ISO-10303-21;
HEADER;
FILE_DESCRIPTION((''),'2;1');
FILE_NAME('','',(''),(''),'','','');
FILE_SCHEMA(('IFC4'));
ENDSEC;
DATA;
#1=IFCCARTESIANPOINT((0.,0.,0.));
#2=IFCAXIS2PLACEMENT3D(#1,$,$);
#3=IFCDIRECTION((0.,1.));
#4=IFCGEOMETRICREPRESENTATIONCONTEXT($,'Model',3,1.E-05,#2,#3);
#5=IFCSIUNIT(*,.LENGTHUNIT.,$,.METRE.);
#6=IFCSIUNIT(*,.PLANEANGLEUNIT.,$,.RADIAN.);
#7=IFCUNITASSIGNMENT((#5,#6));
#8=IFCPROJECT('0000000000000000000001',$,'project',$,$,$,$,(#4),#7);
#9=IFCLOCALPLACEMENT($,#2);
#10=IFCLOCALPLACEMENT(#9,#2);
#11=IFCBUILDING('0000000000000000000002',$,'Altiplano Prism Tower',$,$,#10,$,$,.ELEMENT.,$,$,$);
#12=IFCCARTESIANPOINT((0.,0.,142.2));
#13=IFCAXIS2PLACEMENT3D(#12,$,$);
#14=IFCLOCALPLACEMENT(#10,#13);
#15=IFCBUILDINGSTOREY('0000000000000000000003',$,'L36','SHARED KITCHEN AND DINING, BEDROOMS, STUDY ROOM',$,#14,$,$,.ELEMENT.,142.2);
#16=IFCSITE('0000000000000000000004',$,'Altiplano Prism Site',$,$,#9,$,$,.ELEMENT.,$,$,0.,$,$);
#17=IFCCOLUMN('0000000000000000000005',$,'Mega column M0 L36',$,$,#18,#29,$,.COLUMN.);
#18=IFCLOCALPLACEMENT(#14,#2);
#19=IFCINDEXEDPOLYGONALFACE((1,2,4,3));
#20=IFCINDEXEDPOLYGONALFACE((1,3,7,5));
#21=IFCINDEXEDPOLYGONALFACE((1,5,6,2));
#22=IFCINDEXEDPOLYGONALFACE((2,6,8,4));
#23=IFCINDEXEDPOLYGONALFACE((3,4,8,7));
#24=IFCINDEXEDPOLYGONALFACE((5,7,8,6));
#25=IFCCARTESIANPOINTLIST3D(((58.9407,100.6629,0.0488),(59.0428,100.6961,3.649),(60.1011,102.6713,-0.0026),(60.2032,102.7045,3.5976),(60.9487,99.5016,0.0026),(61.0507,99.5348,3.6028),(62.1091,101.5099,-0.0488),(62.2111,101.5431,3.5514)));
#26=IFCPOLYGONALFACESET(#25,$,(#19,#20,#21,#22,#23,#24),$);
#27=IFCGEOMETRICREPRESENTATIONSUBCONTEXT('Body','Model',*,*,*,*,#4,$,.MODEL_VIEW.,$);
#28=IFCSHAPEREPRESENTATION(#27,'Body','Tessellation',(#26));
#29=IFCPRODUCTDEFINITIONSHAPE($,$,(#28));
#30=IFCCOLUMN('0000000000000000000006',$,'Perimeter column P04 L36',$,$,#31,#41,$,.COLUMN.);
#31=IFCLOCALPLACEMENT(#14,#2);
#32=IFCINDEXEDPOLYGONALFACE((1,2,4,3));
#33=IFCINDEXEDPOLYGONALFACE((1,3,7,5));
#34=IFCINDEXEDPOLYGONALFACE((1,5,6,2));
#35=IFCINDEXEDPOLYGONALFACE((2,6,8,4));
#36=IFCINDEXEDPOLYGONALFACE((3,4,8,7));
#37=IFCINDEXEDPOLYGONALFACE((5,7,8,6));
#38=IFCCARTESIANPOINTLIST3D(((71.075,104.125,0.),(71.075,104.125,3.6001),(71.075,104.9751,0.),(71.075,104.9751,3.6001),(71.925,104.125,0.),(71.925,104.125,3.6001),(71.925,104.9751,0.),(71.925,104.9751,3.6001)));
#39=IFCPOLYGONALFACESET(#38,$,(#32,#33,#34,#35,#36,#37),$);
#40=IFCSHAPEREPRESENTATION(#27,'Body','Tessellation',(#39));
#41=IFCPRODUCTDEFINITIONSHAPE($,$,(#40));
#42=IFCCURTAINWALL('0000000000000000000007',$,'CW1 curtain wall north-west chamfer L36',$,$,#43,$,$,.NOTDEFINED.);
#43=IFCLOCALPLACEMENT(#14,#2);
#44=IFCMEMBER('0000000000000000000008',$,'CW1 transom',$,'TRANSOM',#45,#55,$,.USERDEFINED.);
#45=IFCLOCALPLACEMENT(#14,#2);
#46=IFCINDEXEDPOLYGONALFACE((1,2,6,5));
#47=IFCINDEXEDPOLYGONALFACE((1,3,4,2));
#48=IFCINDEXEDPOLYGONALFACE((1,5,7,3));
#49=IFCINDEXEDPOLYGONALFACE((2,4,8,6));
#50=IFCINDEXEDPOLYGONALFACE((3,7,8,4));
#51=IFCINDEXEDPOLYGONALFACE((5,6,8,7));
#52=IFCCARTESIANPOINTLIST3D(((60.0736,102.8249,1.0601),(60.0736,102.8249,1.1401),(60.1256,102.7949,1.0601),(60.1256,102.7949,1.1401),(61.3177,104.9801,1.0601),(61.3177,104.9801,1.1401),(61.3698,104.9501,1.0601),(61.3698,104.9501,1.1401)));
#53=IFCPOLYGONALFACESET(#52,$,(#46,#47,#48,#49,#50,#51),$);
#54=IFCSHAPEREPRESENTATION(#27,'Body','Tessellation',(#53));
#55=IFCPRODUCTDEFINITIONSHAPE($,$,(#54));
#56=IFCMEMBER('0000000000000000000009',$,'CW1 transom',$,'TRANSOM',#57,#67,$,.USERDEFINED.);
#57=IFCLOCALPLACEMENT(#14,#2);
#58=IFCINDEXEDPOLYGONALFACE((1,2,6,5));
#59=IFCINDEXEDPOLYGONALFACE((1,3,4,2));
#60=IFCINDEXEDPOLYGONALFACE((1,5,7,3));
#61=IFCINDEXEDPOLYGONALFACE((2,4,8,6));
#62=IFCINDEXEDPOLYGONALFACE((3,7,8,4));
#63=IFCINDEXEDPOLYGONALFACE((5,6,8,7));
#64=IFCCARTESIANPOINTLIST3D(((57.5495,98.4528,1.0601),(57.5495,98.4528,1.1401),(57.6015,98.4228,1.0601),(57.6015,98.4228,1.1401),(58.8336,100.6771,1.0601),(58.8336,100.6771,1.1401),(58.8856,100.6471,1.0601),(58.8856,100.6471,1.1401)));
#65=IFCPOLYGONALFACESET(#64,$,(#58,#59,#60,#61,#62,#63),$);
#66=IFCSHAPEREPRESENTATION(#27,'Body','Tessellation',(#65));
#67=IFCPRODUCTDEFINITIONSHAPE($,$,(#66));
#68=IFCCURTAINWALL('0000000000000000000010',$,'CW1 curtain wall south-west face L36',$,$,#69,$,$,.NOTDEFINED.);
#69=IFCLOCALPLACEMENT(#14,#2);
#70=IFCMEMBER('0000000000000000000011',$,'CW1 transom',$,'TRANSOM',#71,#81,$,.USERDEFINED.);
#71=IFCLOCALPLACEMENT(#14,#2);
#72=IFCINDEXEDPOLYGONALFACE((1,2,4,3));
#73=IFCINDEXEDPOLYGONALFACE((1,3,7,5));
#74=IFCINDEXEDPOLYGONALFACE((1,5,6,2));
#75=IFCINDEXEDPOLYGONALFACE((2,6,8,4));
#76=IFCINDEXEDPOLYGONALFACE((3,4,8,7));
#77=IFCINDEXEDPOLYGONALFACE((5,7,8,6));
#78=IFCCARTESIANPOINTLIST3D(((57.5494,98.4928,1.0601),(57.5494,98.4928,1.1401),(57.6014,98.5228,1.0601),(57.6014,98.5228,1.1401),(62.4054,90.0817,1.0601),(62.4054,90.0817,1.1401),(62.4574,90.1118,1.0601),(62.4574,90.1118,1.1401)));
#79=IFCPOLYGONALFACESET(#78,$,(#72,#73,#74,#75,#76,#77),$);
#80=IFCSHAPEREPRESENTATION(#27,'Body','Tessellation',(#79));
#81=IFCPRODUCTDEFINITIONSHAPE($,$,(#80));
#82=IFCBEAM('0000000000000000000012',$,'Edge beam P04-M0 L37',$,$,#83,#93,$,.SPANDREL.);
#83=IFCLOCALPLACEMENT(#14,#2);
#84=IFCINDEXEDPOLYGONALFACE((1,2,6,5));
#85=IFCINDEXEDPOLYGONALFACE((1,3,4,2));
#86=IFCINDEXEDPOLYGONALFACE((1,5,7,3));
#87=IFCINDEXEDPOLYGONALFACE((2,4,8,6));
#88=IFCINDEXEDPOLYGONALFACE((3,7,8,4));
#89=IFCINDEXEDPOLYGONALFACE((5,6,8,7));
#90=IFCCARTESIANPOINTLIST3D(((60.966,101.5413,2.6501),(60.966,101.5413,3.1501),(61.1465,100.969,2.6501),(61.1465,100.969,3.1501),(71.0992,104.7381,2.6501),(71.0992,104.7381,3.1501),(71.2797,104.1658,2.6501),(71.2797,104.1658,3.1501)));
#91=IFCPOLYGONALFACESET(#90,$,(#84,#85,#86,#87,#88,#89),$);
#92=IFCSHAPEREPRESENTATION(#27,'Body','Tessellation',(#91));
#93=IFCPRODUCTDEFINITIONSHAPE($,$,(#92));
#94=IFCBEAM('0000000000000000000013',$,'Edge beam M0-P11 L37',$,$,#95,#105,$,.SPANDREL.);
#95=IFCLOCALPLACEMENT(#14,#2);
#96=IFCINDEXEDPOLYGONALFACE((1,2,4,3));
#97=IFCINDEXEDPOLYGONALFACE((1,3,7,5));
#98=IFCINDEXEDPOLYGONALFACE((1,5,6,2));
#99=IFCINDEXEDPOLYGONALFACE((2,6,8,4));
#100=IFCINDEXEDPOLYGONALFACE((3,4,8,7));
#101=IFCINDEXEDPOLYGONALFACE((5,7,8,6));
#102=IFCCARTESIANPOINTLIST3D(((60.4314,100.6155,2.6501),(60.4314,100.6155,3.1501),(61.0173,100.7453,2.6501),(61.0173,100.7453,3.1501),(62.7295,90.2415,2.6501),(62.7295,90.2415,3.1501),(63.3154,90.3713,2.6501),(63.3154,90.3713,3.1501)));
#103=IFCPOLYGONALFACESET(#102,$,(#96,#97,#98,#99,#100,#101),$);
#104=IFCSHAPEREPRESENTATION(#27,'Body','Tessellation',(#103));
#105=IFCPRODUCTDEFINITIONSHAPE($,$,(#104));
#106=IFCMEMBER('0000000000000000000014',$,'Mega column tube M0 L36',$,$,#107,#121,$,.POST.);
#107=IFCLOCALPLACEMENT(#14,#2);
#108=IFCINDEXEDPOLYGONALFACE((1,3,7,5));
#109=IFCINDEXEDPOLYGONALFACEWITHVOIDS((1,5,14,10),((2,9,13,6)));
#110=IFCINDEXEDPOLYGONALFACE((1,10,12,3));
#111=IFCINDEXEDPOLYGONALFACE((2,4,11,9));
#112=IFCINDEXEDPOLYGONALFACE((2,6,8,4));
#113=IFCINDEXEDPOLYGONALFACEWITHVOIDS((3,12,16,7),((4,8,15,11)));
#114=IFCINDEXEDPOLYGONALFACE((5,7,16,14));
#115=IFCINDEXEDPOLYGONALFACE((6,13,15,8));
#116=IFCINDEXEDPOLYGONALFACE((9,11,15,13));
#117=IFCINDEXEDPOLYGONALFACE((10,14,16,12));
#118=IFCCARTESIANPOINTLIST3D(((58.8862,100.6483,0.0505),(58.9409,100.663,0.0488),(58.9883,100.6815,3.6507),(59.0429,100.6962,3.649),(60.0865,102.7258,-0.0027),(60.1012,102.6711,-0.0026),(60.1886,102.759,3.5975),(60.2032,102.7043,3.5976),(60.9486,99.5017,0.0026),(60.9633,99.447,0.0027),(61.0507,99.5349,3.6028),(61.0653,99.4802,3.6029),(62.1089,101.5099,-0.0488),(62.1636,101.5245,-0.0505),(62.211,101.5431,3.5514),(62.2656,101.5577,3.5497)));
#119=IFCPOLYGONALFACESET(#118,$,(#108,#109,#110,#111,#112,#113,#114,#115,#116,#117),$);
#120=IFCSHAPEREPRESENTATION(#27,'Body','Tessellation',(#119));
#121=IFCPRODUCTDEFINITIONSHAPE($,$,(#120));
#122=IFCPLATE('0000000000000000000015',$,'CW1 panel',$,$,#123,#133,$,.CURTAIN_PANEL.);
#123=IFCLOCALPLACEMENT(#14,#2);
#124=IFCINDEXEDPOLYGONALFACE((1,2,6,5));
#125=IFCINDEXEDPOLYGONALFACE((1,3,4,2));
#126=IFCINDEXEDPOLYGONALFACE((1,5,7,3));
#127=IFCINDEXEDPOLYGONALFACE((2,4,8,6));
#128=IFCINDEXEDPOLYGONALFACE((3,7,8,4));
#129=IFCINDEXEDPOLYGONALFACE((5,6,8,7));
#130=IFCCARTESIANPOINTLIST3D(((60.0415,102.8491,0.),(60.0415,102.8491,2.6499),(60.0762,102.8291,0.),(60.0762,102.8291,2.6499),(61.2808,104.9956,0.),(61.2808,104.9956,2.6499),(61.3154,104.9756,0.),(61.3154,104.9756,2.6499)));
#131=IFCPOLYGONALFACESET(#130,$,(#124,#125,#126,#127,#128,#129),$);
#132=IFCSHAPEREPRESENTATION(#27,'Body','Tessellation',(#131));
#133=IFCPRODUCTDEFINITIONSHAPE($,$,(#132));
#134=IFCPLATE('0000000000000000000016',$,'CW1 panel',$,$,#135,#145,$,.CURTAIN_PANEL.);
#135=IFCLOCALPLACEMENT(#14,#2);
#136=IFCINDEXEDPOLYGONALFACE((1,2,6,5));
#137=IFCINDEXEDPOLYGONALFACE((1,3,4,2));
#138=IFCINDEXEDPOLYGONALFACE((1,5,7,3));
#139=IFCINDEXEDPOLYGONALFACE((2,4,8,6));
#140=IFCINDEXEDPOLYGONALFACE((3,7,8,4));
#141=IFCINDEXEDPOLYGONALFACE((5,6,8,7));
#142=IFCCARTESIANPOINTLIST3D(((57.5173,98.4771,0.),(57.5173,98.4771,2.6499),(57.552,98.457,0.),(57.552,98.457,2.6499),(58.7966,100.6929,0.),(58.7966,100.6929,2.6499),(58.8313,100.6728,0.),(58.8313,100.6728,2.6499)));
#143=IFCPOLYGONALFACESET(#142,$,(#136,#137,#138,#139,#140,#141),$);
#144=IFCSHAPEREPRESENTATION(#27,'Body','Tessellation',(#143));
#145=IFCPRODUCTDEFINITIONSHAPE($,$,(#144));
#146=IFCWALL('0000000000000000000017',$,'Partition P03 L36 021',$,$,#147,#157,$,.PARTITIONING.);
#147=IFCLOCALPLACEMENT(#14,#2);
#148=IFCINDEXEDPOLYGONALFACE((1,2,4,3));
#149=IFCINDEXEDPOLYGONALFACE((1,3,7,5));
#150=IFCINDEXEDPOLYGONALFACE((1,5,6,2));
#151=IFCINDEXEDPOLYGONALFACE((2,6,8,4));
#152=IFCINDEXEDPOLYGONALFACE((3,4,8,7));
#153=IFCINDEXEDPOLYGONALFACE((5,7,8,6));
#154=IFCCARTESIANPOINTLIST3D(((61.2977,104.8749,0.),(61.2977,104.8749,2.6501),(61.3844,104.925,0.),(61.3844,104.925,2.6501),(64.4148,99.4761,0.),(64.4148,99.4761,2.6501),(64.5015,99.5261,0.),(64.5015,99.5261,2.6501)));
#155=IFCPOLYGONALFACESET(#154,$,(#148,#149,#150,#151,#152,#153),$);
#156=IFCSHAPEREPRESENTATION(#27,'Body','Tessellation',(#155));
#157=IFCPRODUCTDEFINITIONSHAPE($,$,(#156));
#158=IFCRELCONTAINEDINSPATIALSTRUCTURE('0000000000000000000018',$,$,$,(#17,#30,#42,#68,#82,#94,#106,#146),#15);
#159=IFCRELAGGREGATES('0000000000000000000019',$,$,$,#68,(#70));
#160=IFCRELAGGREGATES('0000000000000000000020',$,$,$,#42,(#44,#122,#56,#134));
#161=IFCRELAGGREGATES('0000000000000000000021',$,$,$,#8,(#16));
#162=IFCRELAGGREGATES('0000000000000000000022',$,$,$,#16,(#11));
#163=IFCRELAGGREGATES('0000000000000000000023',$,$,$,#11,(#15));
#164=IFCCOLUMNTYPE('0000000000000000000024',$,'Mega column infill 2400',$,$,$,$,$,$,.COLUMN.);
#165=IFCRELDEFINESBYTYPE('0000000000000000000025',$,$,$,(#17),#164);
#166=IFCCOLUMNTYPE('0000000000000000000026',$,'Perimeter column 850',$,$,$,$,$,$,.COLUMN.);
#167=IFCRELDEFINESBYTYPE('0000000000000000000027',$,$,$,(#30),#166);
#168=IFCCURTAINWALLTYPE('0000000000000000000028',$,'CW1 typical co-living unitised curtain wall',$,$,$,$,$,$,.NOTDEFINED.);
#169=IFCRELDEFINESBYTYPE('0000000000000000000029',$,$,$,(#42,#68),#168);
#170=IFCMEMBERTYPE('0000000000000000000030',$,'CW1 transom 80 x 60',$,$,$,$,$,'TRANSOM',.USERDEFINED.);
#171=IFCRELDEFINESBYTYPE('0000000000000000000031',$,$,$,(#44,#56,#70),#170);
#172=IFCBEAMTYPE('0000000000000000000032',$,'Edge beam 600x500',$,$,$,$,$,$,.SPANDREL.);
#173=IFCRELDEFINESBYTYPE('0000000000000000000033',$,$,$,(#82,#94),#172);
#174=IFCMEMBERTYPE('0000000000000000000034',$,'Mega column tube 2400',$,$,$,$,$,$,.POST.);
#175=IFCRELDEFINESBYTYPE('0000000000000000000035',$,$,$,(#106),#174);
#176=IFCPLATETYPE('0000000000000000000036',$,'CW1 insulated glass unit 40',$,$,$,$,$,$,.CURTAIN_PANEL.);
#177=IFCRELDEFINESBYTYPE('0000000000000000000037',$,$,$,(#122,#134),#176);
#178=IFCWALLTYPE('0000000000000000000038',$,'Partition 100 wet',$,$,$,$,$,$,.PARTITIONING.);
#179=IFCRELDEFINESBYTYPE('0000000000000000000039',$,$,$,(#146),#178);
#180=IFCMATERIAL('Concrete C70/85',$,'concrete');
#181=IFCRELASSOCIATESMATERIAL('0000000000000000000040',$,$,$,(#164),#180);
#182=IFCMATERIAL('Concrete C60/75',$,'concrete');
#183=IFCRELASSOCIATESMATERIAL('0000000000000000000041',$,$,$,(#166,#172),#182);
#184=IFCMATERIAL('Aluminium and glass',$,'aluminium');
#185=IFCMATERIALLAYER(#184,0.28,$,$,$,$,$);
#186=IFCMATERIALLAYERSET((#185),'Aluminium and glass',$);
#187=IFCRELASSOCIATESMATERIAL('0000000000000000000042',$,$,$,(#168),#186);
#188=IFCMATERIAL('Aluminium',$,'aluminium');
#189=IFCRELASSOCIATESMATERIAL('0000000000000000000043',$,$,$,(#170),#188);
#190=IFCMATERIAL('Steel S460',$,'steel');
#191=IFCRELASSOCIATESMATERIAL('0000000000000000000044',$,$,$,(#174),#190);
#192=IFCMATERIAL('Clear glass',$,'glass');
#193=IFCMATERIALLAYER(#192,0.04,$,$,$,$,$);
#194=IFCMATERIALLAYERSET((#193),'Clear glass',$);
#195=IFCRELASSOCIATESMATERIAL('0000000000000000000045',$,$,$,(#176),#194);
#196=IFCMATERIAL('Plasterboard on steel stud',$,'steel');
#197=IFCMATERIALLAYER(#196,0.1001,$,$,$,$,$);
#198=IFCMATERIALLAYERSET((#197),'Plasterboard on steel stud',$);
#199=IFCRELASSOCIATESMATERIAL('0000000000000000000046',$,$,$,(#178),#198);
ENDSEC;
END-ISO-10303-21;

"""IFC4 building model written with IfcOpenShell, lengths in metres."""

from ifc_helpers import new_model, si_unit, direction, frame, frame_2d, origin, origin_2d, place, context, subcontext, project, spatial, rectangle, hollow_rectangle, extrude, material, layer, layer_set, material_profile, profile_set, type_object, element, aggregate, save


model = new_model("IFC4")

# Units and contexts
model_context = context("Model", 3, precision=1e-05, world=origin(), true_north=direction((0.0, 1.0)))
body_context = subcontext(model_context, "Body", "Model", "MODEL_VIEW")
ifc_project = project(units=[si_unit("LENGTHUNIT", "METRE"), si_unit("PLANEANGLEUNIT", "RADIAN")], contexts=[model_context])

# Site, building, storey
site_placement = place(None, origin())
site = spatial("IfcSite", under=ifc_project, at=site_placement, Name="Altiplano Prism Site", CompositionType="ELEMENT", RefElevation=0.0)
building_placement = place(site_placement, origin())
building = spatial("IfcBuilding", under=site, at=building_placement, Name="Altiplano Prism Tower", CompositionType="ELEMENT")
storey_placement = place(building_placement, frame((0.0, 0.0, 142.2)))
storey = spatial("IfcBuildingStorey", under=building, at=storey_placement, Name="L36", Description="SHARED KITCHEN AND DINING, BEDROOMS, STUDY ROOM", CompositionType="ELEMENT", Elevation=142.2)

# Columns
ifc_material_1 = material(Name="Concrete C70/85", Category="concrete")
ifc_material_profile_1 = material_profile(ifc_material_1, rectangle(XDim=2.3201, YDim=2.3201, at=origin_2d()), Name="Mega column infill 2400")
ifc_profile_set_1 = profile_set([ifc_material_profile_1], Name="Concrete C70/85")
column_type_1 = type_object("IfcColumnType", Name="Mega column infill 2400", PredefinedType="COLUMN", material=ifc_profile_set_1)
column_1_placement = place(storey_placement, frame((60.5249, 101.0864, 0.0), z_axis=(0.028334, 0.009219, 0.999556), x_axis=(-0.86547, 0.500564, 0.019917)))
element("IfcColumn", 1, at=column_1_placement, inside=storey, type_object=column_type_1, Name="Mega column M0 L36", PredefinedType="COLUMN", context=body_context, shape_type="SweptSolid", body=[
    extrude(rectangle(XDim=2.3201, YDim=2.3201, at=origin_2d()), origin(), (0.0, 0.0, 1.0), 3.6018),
])
ifc_material_2 = material(Name="Concrete C60/75", Category="concrete")
ifc_material_profile_2 = material_profile(ifc_material_2, rectangle(XDim=0.8501, YDim=0.8501, at=origin_2d()), Name="Perimeter column 850")
ifc_profile_set_2 = profile_set([ifc_material_profile_2], Name="Concrete C60/75")
column_type_2 = type_object("IfcColumnType", Name="Perimeter column 850", PredefinedType="COLUMN", material=ifc_profile_set_2)
column_2_placement = place(storey_placement, frame((71.5, 104.55, 0.0), z_axis=(0.0, 0.0, 1.0), x_axis=(1.0, 0.0, 0.0)))
element("IfcColumn", 2, at=column_2_placement, inside=storey, type_object=column_type_2, Name="Perimeter column P04 L36", PredefinedType="COLUMN", context=body_context, shape_type="SweptSolid", body=[
    extrude(rectangle(XDim=0.8501, YDim=0.8501, at=origin_2d()), origin(), (0.0, 0.0, 1.0), 3.6001),
])

# Curtain wall, members
ifc_material_3 = material(Name="Aluminium and glass", Category="aluminium")
ifc_layer_1 = layer(ifc_material_3, 0.28)
ifc_layer_set_1 = layer_set([ifc_layer_1], Name="Aluminium and glass")
curtain_wall_type = type_object("IfcCurtainWallType", Name="CW1 typical co-living unitised curtain wall", PredefinedType="NOTDEFINED", material=ifc_layer_set_1)
curtain_wall_1_placement = place(storey_placement, origin())
curtain_wall_1 = element("IfcCurtainWall", 3, at=curtain_wall_1_placement, inside=storey, type_object=curtain_wall_type, Name="CW1 curtain wall north-west chamfer L36", PredefinedType="NOTDEFINED")
ifc_material_4 = material(Name="Aluminium", Category="aluminium")
ifc_material_profile_3 = material_profile(ifc_material_4, rectangle(XDim=0.0601, YDim=0.0801, at=origin_2d()), Name="CW1 transom 80 x 60")
ifc_profile_set_3 = profile_set([ifc_material_profile_3], Name="Aluminium")
member_type_1 = type_object("IfcMemberType", Name="CW1 transom 80 x 60", ElementType="TRANSOM", PredefinedType="USERDEFINED", material=ifc_profile_set_3)
member_1_placement = place(storey_placement, frame((61.3438, 104.9651, 1.1001), z_axis=(-0.499938, -0.866061, 0.0), x_axis=(0.866061, -0.499938, 0.0)))
member_1 = element("IfcMember", 4, at=member_1_placement, type_object=member_type_1, Name="CW1 transom", ObjectType="TRANSOM", PredefinedType="USERDEFINED", context=body_context, shape_type="SweptSolid", body=[
    extrude(rectangle(XDim=0.0601, YDim=0.0801, at=origin_2d()), origin(), (0.0, 0.0, 1.0), 2.4885),
])
member_2_placement = place(storey_placement, frame((58.8596, 100.6621, 1.1001), z_axis=(-0.499983, -0.866035, 0.0), x_axis=(0.866035, -0.499983, 0.0)))
member_2 = element("IfcMember", 5, at=member_2_placement, type_object=member_type_1, Name="CW1 transom", ObjectType="TRANSOM", PredefinedType="USERDEFINED", context=body_context, shape_type="SweptSolid", body=[
    extrude(rectangle(XDim=0.0601, YDim=0.0801, at=origin_2d()), origin(), (0.0, 0.0, 1.0), 2.5684),
])

# Curtain wall, member
curtain_wall_2_placement = place(storey_placement, origin())
curtain_wall_2 = element("IfcCurtainWall", 6, at=curtain_wall_2_placement, inside=storey, type_object=curtain_wall_type, Name="CW1 curtain wall south-west face L36", PredefinedType="NOTDEFINED")
member_3_placement = place(storey_placement, frame((57.5754, 98.5078, 1.1001), z_axis=(0.499984, -0.866035, 0.0), x_axis=(0.866035, 0.499984, 0.0)))
member_3 = element("IfcMember", 7, at=member_3_placement, type_object=member_type_1, Name="CW1 transom", ObjectType="TRANSOM", PredefinedType="USERDEFINED", context=body_context, shape_type="SweptSolid", body=[
    extrude(rectangle(XDim=0.0601, YDim=0.0801, at=origin_2d()), origin(), (0.0, 0.0, 1.0), 9.7122),
])
aggregate(curtain_wall_2, [member_3])

# Beams
ifc_material_profile_4 = material_profile(ifc_material_2, rectangle(XDim=0.6001, YDim=0.5, at=origin_2d()), Name="Edge beam 600x500")
ifc_profile_set_4 = profile_set([ifc_material_profile_4], Name="Concrete C60/75")
beam_type = type_object("IfcBeamType", Name="Edge beam 600x500", PredefinedType="SPANDREL", material=ifc_profile_set_4)
for number, where, z_axis, x_axis, name in (
    (8, (71.1895, 104.4519, 2.9001), (-0.953669, -0.300856, 0.0), (0.300856, -0.953669, 0.0), "Edge beam P04-M0 L37"),
    (9, (60.7244, 100.6804, 2.9001), (0.216281, -0.976331, 0.0), (0.976331, 0.216281, 0.0), "Edge beam M0-P11 L37"),
):
    element("IfcBeam", number, at=place(storey_placement, frame(where, z_axis=z_axis, x_axis=x_axis)), inside=storey, type_object=beam_type, Name=name, PredefinedType="SPANDREL", context=body_context, shape_type="SweptSolid", body=[
        extrude(rectangle(XDim=0.6001, YDim=0.5, at=origin_2d()), origin(), (0.0, 0.0, 1.0), 10.6255),
    ])

# Member
ifc_material_5 = material(Name="Steel S460", Category="steel")
ifc_material_profile_5 = material_profile(ifc_material_5, hollow_rectangle(XDim=2.3999, YDim=2.3999, WallThickness=0.04, at=origin_2d()), Name="Mega column tube 2400")
ifc_profile_set_5 = profile_set([ifc_material_profile_5], Name="Steel S460")
member_type_2 = type_object("IfcMemberType", Name="Mega column tube 2400", PredefinedType="POST", material=ifc_profile_set_5)
member_4_placement = place(storey_placement, frame((60.5249, 101.0864, 0.0), z_axis=(0.028334, 0.009219, 0.999556), x_axis=(-0.86547, 0.500564, 0.019917)))
element("IfcMember", 10, at=member_4_placement, inside=storey, type_object=member_type_2, Name="Mega column tube M0 L36", PredefinedType="POST", context=body_context, shape_type="SweptSolid", body=[
    extrude(hollow_rectangle(XDim=2.3999, YDim=2.3999, WallThickness=0.04, at=origin_2d()), origin(), (0.0, 0.0, 1.0), 3.6018),
])

# Plates
ifc_material_6 = material(Name="Clear glass", Category="glass")
ifc_layer_2 = layer(ifc_material_6, 0.04)
ifc_layer_set_2 = layer_set([ifc_layer_2], Name="Clear glass")
plate_type = type_object("IfcPlateType", Name="CW1 insulated glass unit 40", PredefinedType="CURTAIN_PANEL", material=ifc_layer_set_2)
plate_1_placement = place(storey_placement, frame((60.6785, 103.9124, 0.0), z_axis=(0.0, 0.0, 1.0), x_axis=(-0.5, -0.866025, 0.0)))
plate_1 = element("IfcPlate", 11, at=plate_1_placement, type_object=plate_type, Name="CW1 panel", PredefinedType="CURTAIN_PANEL", context=body_context, shape_type="SweptSolid", body=[
    extrude(rectangle(XDim=2.4785, YDim=0.04, at=origin_2d()), origin(), (0.0, 0.0, 1.0), 2.6499),
])
plate_2_placement = place(storey_placement, frame((58.1743, 99.575, 0.0), z_axis=(0.0, 0.0, 1.0), x_axis=(-0.5, -0.866025, 0.0)))
plate_2 = element("IfcPlate", 12, at=plate_2_placement, type_object=plate_type, Name="CW1 panel", PredefinedType="CURTAIN_PANEL", context=body_context, shape_type="SweptSolid", body=[
    extrude(rectangle(XDim=2.5586, YDim=0.04, at=origin_2d()), origin(), (0.0, 0.0, 1.0), 2.6499),
])
aggregate(curtain_wall_1, [member_1, plate_1, member_2, plate_2])

# Wall
ifc_material_7 = material(Name="Plasterboard on steel stud", Category="steel")
ifc_layer_3 = layer(ifc_material_7, 0.1001)
ifc_layer_set_3 = layer_set([ifc_layer_3], Name="Plasterboard on steel stud")
wall_type_1 = type_object("IfcWallType", Name="Partition 100 wet", PredefinedType="PARTITIONING", material=ifc_layer_set_3)
wall_1_placement = place(storey_placement, frame((64.4583, 99.501, 0.0), z_axis=(0.0, 0.0, 1.0), x_axis=(-0.500014, 0.866017, 0.0)))
element("IfcWall", 13, at=wall_1_placement, inside=storey, type_object=wall_type_1, Name="Partition P03 L36 021", PredefinedType="PARTITIONING", context=body_context, shape_type="SweptSolid", body=[
    extrude(rectangle(XDim=6.2341, YDim=0.1001, at=frame_2d((3.1172, 0.0))), origin(), (0.0, 0.0, 1.0), 2.6501),
])

save(model, "model.ifc")
